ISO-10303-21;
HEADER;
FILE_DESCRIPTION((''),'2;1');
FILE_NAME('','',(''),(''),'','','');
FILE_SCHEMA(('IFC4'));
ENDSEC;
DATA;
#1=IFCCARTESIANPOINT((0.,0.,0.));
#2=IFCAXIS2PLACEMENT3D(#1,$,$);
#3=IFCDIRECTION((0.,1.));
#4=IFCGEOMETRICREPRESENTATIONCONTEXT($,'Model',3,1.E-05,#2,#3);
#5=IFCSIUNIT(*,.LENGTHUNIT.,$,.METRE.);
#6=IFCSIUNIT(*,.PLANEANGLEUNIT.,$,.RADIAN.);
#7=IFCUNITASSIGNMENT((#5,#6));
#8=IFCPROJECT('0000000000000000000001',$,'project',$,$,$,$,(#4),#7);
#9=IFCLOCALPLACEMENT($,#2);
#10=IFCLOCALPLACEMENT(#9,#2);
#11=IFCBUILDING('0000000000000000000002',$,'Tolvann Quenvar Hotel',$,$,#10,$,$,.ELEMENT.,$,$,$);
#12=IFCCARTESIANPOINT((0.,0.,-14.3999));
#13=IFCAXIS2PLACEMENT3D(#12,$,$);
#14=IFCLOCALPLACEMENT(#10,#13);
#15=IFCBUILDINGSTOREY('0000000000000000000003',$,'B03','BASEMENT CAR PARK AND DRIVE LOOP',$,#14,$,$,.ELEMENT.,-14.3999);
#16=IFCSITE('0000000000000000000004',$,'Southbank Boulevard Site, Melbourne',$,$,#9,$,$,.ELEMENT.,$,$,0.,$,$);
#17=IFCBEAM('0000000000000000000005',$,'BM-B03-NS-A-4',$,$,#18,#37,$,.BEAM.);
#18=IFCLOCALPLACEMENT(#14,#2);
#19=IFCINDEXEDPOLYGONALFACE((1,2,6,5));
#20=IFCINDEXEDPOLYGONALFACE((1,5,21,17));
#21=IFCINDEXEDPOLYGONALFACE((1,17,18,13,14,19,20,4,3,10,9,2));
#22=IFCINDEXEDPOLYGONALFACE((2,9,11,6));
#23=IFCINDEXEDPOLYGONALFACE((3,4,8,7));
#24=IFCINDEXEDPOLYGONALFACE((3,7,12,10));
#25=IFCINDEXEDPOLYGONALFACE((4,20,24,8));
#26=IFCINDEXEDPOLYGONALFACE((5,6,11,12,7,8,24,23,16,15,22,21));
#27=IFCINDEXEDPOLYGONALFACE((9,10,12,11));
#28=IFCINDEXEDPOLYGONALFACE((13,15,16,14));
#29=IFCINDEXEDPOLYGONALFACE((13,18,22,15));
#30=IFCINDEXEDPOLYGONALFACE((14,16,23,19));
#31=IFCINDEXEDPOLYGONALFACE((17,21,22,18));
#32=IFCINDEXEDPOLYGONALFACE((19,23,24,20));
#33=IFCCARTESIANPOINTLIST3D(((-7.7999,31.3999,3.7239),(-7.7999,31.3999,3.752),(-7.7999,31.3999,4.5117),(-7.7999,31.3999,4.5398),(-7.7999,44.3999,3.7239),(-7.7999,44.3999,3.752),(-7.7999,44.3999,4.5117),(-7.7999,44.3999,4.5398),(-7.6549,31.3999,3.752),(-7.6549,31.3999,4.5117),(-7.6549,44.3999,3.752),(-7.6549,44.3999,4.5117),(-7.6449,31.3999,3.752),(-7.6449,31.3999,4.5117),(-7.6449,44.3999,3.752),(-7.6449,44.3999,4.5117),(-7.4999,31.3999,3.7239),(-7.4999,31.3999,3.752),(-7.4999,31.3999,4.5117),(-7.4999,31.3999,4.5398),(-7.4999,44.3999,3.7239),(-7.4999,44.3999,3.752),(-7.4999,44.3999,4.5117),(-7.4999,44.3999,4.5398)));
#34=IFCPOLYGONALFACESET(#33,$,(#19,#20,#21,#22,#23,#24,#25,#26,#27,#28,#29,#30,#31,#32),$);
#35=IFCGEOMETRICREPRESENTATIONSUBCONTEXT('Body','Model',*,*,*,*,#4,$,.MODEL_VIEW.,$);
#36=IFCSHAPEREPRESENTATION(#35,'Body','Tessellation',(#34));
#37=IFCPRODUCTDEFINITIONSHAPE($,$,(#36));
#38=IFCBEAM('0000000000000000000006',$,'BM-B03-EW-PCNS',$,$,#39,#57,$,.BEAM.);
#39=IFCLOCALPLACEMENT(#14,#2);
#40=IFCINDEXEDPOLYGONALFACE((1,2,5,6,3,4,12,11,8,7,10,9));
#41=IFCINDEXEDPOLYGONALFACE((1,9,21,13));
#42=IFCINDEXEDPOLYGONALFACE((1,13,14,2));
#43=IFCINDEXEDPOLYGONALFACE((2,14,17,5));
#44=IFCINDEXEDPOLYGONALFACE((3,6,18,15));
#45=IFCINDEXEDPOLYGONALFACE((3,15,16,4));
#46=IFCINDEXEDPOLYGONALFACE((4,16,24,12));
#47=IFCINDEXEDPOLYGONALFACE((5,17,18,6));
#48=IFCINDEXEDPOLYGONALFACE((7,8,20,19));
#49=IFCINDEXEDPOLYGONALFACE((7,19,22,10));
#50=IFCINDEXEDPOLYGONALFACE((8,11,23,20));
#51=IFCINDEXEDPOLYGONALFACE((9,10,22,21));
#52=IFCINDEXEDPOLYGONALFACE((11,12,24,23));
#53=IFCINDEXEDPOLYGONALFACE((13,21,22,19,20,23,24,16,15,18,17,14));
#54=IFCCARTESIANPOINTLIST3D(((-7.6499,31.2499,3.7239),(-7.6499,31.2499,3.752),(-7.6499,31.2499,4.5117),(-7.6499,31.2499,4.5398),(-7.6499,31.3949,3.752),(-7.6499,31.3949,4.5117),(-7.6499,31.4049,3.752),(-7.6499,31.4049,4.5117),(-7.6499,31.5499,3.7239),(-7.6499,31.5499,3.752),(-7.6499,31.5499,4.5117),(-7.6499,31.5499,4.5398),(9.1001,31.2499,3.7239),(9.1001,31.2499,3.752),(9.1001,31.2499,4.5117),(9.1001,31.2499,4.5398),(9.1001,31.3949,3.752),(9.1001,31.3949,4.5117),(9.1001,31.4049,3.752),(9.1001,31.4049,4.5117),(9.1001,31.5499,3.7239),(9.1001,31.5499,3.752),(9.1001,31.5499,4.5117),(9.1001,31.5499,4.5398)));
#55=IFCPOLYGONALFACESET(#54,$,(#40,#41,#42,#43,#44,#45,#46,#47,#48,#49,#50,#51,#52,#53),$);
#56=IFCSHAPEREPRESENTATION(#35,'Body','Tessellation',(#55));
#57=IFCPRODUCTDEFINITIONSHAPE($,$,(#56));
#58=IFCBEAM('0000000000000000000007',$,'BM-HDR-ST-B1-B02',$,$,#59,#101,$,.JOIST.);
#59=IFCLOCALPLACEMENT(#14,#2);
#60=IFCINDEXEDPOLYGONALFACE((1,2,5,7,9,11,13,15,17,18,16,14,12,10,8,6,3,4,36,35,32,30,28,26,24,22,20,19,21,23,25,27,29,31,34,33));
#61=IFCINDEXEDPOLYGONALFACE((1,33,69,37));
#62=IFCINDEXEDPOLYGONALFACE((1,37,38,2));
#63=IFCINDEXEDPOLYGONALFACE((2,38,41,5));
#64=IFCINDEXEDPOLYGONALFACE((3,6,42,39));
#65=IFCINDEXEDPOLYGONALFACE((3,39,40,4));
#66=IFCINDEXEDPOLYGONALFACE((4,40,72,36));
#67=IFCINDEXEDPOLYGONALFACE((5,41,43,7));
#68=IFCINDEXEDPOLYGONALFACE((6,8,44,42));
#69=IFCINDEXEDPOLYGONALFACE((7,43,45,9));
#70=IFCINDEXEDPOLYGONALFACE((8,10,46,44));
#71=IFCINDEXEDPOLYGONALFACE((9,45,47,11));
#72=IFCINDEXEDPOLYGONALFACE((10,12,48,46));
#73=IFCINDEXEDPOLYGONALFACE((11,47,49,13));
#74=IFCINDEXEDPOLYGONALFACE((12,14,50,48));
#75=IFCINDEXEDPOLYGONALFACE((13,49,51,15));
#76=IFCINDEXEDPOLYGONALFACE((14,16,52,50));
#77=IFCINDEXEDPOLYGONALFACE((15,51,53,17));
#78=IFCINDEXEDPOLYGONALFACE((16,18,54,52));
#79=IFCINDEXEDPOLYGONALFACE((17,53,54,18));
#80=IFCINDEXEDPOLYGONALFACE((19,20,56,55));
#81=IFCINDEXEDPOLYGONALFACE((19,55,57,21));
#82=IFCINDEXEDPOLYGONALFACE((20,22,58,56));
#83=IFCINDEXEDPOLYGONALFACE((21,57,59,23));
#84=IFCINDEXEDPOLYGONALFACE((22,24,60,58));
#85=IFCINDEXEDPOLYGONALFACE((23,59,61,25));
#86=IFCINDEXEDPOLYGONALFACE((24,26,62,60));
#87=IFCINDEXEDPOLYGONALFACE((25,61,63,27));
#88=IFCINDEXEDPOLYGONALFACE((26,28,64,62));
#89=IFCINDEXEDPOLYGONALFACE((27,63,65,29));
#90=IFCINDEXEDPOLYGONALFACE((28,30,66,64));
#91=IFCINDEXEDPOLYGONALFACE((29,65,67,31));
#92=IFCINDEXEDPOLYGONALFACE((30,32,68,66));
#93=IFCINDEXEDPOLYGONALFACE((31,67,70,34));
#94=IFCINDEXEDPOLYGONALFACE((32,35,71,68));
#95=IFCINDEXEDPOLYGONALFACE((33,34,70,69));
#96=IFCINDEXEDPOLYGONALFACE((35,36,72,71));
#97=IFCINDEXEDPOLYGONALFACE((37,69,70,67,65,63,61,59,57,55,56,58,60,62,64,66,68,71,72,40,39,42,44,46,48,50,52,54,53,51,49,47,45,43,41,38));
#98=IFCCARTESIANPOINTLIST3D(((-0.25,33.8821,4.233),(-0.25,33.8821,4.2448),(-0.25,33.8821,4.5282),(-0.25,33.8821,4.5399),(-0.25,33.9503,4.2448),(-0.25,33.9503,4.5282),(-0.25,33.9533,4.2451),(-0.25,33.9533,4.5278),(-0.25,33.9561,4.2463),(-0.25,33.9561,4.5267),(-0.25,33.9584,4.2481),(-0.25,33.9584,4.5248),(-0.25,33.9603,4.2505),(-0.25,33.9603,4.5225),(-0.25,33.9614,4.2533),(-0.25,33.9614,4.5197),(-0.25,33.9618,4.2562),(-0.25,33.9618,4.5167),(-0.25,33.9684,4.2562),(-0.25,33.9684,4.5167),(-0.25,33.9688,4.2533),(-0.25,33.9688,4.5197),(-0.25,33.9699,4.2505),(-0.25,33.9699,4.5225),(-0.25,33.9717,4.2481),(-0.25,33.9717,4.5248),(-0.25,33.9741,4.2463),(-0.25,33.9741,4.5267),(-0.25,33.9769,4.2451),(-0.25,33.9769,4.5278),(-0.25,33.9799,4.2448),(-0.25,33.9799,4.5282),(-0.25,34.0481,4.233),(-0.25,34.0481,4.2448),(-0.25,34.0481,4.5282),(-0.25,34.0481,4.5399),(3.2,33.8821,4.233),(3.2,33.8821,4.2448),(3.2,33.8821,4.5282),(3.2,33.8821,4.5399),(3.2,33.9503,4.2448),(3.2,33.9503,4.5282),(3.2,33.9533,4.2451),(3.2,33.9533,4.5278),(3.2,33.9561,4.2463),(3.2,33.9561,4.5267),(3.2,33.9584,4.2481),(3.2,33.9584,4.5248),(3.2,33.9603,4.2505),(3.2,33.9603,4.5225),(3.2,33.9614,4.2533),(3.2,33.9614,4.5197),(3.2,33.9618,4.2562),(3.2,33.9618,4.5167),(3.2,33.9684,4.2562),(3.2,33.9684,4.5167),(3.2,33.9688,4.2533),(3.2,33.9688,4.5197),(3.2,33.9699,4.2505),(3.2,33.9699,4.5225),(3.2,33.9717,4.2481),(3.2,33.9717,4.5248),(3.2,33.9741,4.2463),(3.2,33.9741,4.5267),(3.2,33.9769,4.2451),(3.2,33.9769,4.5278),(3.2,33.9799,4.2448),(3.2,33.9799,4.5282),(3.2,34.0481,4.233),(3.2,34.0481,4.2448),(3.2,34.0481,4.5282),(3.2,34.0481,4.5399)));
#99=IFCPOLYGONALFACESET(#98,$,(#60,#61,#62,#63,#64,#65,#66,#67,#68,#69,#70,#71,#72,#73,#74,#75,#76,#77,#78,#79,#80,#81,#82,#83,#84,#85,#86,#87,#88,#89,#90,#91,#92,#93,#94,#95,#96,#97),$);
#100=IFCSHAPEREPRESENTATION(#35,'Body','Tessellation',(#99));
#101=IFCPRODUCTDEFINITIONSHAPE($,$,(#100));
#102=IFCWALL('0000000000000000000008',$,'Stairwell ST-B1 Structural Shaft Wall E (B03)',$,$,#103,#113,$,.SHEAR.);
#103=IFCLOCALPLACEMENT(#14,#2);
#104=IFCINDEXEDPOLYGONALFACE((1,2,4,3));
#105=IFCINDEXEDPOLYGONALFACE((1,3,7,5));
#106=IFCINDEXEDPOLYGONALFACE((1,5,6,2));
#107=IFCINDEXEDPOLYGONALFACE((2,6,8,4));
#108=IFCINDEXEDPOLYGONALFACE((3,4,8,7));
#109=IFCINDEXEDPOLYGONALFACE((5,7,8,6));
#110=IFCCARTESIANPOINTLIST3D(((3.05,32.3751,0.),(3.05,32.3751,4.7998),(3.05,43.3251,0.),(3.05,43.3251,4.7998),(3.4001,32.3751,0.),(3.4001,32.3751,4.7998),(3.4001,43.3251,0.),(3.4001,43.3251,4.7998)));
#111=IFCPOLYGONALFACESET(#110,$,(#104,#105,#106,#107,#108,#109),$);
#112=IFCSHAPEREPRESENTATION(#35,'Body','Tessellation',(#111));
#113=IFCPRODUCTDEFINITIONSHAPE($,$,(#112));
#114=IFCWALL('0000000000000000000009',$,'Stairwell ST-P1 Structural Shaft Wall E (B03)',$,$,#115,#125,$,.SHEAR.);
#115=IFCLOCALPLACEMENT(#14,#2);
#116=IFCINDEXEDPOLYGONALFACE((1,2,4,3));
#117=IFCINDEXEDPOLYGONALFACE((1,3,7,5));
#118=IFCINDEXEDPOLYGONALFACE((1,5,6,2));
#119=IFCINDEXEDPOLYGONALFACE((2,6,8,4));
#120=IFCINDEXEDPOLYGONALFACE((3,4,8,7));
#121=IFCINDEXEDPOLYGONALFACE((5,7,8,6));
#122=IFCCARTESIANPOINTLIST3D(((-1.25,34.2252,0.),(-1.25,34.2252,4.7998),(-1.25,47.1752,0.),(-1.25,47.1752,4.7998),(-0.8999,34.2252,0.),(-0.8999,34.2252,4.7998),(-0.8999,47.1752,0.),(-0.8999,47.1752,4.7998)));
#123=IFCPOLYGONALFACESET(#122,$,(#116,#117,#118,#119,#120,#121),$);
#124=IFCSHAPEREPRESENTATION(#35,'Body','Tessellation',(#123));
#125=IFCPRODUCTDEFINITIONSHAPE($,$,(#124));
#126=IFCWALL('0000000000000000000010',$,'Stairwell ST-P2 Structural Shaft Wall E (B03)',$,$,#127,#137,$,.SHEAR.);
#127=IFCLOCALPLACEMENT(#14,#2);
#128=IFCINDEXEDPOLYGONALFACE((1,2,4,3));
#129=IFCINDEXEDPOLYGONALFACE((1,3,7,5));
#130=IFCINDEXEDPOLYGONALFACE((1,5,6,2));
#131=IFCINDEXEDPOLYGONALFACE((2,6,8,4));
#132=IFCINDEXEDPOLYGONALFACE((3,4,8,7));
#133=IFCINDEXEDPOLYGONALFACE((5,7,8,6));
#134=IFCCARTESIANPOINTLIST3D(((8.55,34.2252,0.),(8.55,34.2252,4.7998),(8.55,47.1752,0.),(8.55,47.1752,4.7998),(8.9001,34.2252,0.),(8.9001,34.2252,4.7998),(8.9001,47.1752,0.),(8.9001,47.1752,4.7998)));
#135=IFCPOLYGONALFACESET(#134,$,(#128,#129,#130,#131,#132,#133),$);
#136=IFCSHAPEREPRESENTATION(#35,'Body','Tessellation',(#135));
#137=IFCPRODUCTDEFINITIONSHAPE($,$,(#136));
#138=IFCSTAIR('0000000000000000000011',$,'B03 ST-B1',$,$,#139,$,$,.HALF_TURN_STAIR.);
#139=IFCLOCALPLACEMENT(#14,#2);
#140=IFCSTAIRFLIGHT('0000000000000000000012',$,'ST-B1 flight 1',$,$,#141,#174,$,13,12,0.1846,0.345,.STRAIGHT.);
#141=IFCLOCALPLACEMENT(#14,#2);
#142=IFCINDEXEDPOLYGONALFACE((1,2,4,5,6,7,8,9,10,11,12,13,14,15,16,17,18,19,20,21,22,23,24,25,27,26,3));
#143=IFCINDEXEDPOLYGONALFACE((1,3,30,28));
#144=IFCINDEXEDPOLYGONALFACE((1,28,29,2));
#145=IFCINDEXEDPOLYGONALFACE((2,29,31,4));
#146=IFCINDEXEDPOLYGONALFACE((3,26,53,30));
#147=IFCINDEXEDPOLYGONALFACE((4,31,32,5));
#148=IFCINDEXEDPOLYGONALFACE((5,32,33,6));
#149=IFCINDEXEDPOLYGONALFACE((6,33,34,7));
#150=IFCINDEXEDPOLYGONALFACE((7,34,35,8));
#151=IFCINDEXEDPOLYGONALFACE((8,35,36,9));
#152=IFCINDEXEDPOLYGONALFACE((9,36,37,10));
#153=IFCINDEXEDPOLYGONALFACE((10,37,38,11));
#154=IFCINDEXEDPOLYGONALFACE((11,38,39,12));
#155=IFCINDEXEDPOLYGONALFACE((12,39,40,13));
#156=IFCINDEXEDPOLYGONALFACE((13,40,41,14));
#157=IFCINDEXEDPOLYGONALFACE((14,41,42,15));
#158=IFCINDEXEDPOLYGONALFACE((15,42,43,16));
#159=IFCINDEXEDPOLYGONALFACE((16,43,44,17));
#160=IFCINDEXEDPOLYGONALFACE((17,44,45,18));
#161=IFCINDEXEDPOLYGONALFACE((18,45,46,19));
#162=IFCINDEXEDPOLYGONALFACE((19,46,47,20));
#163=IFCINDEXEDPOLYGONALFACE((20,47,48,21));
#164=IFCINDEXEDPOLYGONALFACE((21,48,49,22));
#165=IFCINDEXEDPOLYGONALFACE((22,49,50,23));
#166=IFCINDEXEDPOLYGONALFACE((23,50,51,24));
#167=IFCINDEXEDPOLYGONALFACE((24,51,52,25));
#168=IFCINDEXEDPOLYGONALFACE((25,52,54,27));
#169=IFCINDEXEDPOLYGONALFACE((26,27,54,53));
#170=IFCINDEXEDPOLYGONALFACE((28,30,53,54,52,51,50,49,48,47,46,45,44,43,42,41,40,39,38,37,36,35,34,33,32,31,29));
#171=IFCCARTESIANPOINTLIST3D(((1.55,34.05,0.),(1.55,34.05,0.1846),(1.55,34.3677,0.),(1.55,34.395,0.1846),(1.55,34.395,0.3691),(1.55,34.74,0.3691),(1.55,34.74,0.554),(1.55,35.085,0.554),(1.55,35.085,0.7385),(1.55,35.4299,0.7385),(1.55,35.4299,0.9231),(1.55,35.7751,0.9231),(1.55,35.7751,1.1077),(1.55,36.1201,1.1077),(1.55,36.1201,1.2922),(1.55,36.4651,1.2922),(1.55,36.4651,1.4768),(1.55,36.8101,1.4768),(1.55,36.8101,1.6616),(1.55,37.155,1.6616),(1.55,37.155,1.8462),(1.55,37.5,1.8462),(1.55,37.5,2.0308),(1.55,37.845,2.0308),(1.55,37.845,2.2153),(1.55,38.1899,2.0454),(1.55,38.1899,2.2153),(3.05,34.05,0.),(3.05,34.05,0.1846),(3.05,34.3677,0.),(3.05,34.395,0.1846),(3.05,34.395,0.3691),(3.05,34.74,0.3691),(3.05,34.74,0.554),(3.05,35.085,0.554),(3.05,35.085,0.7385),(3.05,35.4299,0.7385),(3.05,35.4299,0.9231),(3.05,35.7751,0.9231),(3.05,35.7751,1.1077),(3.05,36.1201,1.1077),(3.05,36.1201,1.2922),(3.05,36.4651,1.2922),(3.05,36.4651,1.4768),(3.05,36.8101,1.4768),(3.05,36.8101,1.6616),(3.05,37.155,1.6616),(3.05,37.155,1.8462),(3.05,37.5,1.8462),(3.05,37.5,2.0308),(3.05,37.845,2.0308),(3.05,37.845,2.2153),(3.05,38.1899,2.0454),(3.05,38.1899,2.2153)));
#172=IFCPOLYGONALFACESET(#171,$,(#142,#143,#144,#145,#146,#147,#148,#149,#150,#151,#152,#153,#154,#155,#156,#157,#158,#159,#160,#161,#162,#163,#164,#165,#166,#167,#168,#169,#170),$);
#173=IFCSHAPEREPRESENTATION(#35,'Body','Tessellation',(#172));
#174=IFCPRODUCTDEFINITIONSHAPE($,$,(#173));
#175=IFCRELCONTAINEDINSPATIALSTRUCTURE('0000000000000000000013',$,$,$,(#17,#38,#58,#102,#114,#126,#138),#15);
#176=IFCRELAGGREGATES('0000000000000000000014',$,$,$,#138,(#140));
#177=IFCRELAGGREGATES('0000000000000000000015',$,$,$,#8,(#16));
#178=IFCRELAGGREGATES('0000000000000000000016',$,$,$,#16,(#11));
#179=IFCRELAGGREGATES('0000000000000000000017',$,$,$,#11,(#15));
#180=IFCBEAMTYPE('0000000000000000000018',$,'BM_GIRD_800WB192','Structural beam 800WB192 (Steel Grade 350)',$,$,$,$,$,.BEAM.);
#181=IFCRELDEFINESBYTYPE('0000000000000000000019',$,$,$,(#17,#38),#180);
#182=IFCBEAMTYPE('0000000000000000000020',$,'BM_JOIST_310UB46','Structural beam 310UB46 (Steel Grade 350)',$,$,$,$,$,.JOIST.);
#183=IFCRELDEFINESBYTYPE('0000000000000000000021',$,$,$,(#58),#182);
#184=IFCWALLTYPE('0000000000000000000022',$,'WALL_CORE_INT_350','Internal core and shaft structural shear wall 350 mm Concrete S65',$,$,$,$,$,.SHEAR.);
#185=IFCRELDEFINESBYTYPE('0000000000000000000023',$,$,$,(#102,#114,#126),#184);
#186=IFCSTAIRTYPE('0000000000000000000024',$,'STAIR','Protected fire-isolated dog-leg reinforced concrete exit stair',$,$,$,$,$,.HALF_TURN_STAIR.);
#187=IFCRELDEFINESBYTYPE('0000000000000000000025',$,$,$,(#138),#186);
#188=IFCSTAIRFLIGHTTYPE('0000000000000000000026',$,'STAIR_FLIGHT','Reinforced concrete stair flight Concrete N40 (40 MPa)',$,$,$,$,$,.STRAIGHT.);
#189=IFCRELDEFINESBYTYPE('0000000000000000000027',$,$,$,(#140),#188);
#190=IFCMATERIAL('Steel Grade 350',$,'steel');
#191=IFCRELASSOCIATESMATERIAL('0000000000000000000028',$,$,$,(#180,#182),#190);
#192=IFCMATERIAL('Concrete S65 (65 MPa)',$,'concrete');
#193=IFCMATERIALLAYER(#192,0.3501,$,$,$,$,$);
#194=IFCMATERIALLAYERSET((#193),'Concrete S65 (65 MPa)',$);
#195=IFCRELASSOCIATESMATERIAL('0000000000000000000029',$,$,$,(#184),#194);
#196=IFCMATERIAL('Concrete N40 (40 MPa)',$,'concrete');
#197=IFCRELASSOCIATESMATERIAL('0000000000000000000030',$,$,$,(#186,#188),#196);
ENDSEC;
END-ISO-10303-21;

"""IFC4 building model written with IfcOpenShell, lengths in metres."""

from ifc_helpers import new_model, si_unit, direction, frame, frame_2d, origin, origin_2d, place, context, subcontext, project, spatial, polyline, rectangle, i_section, outline, extrude, source, transform, mapped, material, layer, layer_set, material_profile, profile_set, type_object, type_shapes, element, aggregate, save


model = new_model("IFC4")

# Units and contexts
model_context = context("Model", 3, precision=1e-05, world=origin(), true_north=direction((0.0, 1.0)))
body_context = subcontext(model_context, "Body", "Model", "MODEL_VIEW")
ifc_project = project(units=[si_unit("LENGTHUNIT", "METRE"), si_unit("PLANEANGLEUNIT", "RADIAN")], contexts=[model_context])

# Site, building, storey
site_placement = place(None, origin())
site = spatial("IfcSite", under=ifc_project, at=site_placement, Name="Southbank Boulevard Site, Melbourne", CompositionType="ELEMENT", RefElevation=0.0)
building_placement = place(site_placement, origin())
building = spatial("IfcBuilding", under=site, at=building_placement, Name="Tolvann Quenvar Hotel", CompositionType="ELEMENT")
storey_placement = place(building_placement, frame((0.0, 0.0, -14.3999)))
storey = spatial("IfcBuildingStorey", under=building, at=storey_placement, Name="B03", Description="BASEMENT CAR PARK AND DRIVE LOOP", CompositionType="ELEMENT", Elevation=-14.3999)

# Shared definitions
ifc_material_1 = material(Name="Concrete S65 (65 MPa)", Category="concrete")

# Beams
ifc_material_2 = material(Name="Steel Grade 350", Category="steel")
ifc_material_profile_1 = material_profile(ifc_material_2, i_section(OverallWidth=0.3, OverallDepth=0.8159, WebThickness=0.01, FlangeThickness=0.0281, at=origin_2d()), Name="800WB192")
ifc_profile_set_1 = profile_set([ifc_material_profile_1], Name="Steel Grade 350")
beam_type_1 = type_object("IfcBeamType", Name="BM_GIRD_800WB192", Description="Structural beam 800WB192 (Steel Grade 350)", PredefinedType="BEAM", material=ifc_profile_set_1)
shared_shape_1 = source(origin(), body_context, "Body", "SweptSolid", [
    extrude(i_section(OverallWidth=0.3, OverallDepth=0.8159, WebThickness=0.01, FlangeThickness=0.0281, at=origin_2d()), origin(), (0.0, 0.0, 1.0), 13.0),
])
beam_1_placement = place(storey_placement, frame((-7.6499, 31.3999, 4.1318), z_axis=(0.0, 1.0, 0.0), x_axis=(-1.0, 0.0, 0.0)))
element("IfcBeam", 1, at=beam_1_placement, inside=storey, type_object=beam_type_1, Name="BM-B03-NS-A-4", PredefinedType="BEAM", context=body_context, shape_type="MappedRepresentation", body=[
    mapped(shared_shape_1, transform((0.0, 0.0, 0.0), x_axis=(1.0, 0.0, 0.0), y_axis=(0.0, 1.0, 0.0), z_axis=(0.0, 0.0, 1.0), scale=1.0)),
])
shared_shape_2 = source(origin(), body_context, "Body", "SweptSolid", [
    extrude(i_section(OverallWidth=0.3, OverallDepth=0.8159, WebThickness=0.01, FlangeThickness=0.0281, at=origin_2d()), origin(), (0.0, 0.0, 1.0), 16.75),
])
type_shapes(beam_type_1, [shared_shape_1, shared_shape_2])
beam_2_placement = place(storey_placement, frame((-7.6499, 31.3999, 4.1318), z_axis=(1.0, 0.0, 0.0), x_axis=(0.0, 1.0, 0.0)))
element("IfcBeam", 2, at=beam_2_placement, inside=storey, type_object=beam_type_1, Name="BM-B03-EW-PCNS", PredefinedType="BEAM", context=body_context, shape_type="MappedRepresentation", body=[
    mapped(shared_shape_2, transform((0.0, 0.0, 0.0), x_axis=(1.0, 0.0, 0.0), y_axis=(0.0, 1.0, 0.0), z_axis=(0.0, 0.0, 1.0), scale=1.0)),
])
ifc_material_profile_2 = material_profile(ifc_material_2, i_section(OverallWidth=0.166, OverallDepth=0.3069, WebThickness=0.0066, FlangeThickness=0.0117, FilletRadius=0.0115, at=origin_2d()), Name="310UB46")
ifc_profile_set_2 = profile_set([ifc_material_profile_2], Name="Steel Grade 350")
beam_type_2 = type_object("IfcBeamType", Name="BM_JOIST_310UB46", Description="Structural beam 310UB46 (Steel Grade 350)", PredefinedType="JOIST", material=ifc_profile_set_2)
shared_shape_3 = source(origin(), body_context, "Body", "SweptSolid", [
    extrude(i_section(OverallWidth=0.166, OverallDepth=0.3069, WebThickness=0.0066, FlangeThickness=0.0117, FilletRadius=0.0115, at=origin_2d()), origin(), (0.0, 0.0, 1.0), 3.45),
])
type_shapes(beam_type_2, [shared_shape_3])
beam_3_placement = place(storey_placement, frame((-0.25, 33.9651, 4.3865), z_axis=(1.0, 0.0, 0.0), x_axis=(0.0, 1.0, 0.0)))
element("IfcBeam", 3, at=beam_3_placement, inside=storey, type_object=beam_type_2, Name="BM-HDR-ST-B1-B02", PredefinedType="JOIST", context=body_context, shape_type="MappedRepresentation", body=[
    mapped(shared_shape_3, transform((0.0, 0.0, 0.0), x_axis=(1.0, 0.0, 0.0), y_axis=(0.0, 1.0, 0.0), z_axis=(0.0, 0.0, 1.0), scale=1.0)),
])

# Shared definitions
ifc_layer = layer(ifc_material_1, 0.3501)
ifc_layer_set = layer_set([ifc_layer], Name="Concrete S65 (65 MPa)")
wall_type = type_object("IfcWallType", Name="WALL_CORE_INT_350", Description="Internal core and shaft structural shear wall 350 mm Concrete S65", PredefinedType="SHEAR", material=ifc_layer_set)

# Walls
wall_1_placement = place(storey_placement, frame((3.2251, 32.375, 0.0), z_axis=(0.0, 0.0, 1.0), x_axis=(0.0, 1.0, 0.0)))
element("IfcWall", 4, at=wall_1_placement, inside=storey, type_object=wall_type, Name="Stairwell ST-B1 Structural Shaft Wall E (B03)", PredefinedType="SHEAR", context=body_context, shape_type="SweptSolid", body=[
    extrude(rectangle(XDim=10.95, YDim=0.3501, at=frame_2d((5.4751, 0.0))), origin(), (0.0, 0.0, 1.0), 4.7998),
])
for number, where, z_axis, x_axis, name in (
    (5, (-1.075, 34.2251, 0.0), (0.0, 0.0, 1.0), (0.0, 1.0, 0.0), "Stairwell ST-P1 Structural Shaft Wall E (B03)"),
    (6, (8.7251, 34.2251, 0.0), (0.0, 0.0, 1.0), (0.0, 1.0, 0.0), "Stairwell ST-P2 Structural Shaft Wall E (B03)"),
):
    element("IfcWall", number, at=place(storey_placement, frame(where, z_axis=z_axis, x_axis=x_axis)), inside=storey, type_object=wall_type, Name=name, PredefinedType="SHEAR", context=body_context, shape_type="SweptSolid", body=[
        extrude(rectangle(XDim=12.95, YDim=0.3501, at=frame_2d((6.4751, 0.0))), origin(), (0.0, 0.0, 1.0), 4.7998),
    ])

# Stair, stair flight
ifc_material_3 = material(Name="Concrete N40 (40 MPa)", Category="concrete")
stair_type = type_object("IfcStairType", Name="STAIR", Description="Protected fire-isolated dog-leg reinforced concrete exit stair", PredefinedType="HALF_TURN_STAIR", material=ifc_material_3)
stair_placement = place(storey_placement, origin())
stair = element("IfcStair", 7, at=stair_placement, inside=storey, type_object=stair_type, Name="B03 ST-B1", PredefinedType="HALF_TURN_STAIR")
stair_flight_type = type_object("IfcStairFlightType", Name="STAIR_FLIGHT", Description="Reinforced concrete stair flight Concrete N40 (40 MPa)", PredefinedType="STRAIGHT", material=ifc_material_3)
stair_flight_placement = place(storey_placement, frame((2.3, 34.05, 0.0), z_axis=(0.0, 0.0, 1.0), x_axis=(0.0, 1.0, 0.0)))
stair_flight = element("IfcStairFlight", 8, at=stair_flight_placement, type_object=stair_flight_type, Name="ST-B1 flight 1", NumberOfRisers=13, NumberOfTreads=12, PredefinedType="STRAIGHT", RiserHeight=0.1846, TreadLength=0.345, context=body_context, shape_type="SweptSolid", body=[
    extrude(outline(polyline([(0.0, 0.0), (0.0, 0.1846), (0.345, 0.1846), (0.345, 0.3691), (0.6899, 0.3691), (0.6899, 0.554), (1.0349, 0.554), (1.0349, 0.7385), (1.3799, 0.7385), (1.3799, 0.9231), (1.7251, 0.9231), (1.7251, 1.1077), (2.0701, 1.1077), (2.0701, 1.2922), (2.415, 1.2922), (2.415, 1.4768), (2.76, 1.4768), (2.76, 1.6616), (3.105, 1.6616), (3.105, 1.8462), (3.45, 1.8462), (3.45, 2.0308), (3.7949, 2.0308), (3.7949, 2.2153), (4.1399, 2.2153), (4.1399, 2.3999), (4.1399, 2.0454), (0.3176, 0.0), (0.0, 0.0)])), frame((0.0, 0.75, 0.0), z_axis=(0.0, -1.0, 0.0), x_axis=(1.0, 0.0, 0.0)), (0.0, 0.0, 1.0), 1.5),
])
aggregate(stair, [stair_flight])

save(model, "model.ifc")
